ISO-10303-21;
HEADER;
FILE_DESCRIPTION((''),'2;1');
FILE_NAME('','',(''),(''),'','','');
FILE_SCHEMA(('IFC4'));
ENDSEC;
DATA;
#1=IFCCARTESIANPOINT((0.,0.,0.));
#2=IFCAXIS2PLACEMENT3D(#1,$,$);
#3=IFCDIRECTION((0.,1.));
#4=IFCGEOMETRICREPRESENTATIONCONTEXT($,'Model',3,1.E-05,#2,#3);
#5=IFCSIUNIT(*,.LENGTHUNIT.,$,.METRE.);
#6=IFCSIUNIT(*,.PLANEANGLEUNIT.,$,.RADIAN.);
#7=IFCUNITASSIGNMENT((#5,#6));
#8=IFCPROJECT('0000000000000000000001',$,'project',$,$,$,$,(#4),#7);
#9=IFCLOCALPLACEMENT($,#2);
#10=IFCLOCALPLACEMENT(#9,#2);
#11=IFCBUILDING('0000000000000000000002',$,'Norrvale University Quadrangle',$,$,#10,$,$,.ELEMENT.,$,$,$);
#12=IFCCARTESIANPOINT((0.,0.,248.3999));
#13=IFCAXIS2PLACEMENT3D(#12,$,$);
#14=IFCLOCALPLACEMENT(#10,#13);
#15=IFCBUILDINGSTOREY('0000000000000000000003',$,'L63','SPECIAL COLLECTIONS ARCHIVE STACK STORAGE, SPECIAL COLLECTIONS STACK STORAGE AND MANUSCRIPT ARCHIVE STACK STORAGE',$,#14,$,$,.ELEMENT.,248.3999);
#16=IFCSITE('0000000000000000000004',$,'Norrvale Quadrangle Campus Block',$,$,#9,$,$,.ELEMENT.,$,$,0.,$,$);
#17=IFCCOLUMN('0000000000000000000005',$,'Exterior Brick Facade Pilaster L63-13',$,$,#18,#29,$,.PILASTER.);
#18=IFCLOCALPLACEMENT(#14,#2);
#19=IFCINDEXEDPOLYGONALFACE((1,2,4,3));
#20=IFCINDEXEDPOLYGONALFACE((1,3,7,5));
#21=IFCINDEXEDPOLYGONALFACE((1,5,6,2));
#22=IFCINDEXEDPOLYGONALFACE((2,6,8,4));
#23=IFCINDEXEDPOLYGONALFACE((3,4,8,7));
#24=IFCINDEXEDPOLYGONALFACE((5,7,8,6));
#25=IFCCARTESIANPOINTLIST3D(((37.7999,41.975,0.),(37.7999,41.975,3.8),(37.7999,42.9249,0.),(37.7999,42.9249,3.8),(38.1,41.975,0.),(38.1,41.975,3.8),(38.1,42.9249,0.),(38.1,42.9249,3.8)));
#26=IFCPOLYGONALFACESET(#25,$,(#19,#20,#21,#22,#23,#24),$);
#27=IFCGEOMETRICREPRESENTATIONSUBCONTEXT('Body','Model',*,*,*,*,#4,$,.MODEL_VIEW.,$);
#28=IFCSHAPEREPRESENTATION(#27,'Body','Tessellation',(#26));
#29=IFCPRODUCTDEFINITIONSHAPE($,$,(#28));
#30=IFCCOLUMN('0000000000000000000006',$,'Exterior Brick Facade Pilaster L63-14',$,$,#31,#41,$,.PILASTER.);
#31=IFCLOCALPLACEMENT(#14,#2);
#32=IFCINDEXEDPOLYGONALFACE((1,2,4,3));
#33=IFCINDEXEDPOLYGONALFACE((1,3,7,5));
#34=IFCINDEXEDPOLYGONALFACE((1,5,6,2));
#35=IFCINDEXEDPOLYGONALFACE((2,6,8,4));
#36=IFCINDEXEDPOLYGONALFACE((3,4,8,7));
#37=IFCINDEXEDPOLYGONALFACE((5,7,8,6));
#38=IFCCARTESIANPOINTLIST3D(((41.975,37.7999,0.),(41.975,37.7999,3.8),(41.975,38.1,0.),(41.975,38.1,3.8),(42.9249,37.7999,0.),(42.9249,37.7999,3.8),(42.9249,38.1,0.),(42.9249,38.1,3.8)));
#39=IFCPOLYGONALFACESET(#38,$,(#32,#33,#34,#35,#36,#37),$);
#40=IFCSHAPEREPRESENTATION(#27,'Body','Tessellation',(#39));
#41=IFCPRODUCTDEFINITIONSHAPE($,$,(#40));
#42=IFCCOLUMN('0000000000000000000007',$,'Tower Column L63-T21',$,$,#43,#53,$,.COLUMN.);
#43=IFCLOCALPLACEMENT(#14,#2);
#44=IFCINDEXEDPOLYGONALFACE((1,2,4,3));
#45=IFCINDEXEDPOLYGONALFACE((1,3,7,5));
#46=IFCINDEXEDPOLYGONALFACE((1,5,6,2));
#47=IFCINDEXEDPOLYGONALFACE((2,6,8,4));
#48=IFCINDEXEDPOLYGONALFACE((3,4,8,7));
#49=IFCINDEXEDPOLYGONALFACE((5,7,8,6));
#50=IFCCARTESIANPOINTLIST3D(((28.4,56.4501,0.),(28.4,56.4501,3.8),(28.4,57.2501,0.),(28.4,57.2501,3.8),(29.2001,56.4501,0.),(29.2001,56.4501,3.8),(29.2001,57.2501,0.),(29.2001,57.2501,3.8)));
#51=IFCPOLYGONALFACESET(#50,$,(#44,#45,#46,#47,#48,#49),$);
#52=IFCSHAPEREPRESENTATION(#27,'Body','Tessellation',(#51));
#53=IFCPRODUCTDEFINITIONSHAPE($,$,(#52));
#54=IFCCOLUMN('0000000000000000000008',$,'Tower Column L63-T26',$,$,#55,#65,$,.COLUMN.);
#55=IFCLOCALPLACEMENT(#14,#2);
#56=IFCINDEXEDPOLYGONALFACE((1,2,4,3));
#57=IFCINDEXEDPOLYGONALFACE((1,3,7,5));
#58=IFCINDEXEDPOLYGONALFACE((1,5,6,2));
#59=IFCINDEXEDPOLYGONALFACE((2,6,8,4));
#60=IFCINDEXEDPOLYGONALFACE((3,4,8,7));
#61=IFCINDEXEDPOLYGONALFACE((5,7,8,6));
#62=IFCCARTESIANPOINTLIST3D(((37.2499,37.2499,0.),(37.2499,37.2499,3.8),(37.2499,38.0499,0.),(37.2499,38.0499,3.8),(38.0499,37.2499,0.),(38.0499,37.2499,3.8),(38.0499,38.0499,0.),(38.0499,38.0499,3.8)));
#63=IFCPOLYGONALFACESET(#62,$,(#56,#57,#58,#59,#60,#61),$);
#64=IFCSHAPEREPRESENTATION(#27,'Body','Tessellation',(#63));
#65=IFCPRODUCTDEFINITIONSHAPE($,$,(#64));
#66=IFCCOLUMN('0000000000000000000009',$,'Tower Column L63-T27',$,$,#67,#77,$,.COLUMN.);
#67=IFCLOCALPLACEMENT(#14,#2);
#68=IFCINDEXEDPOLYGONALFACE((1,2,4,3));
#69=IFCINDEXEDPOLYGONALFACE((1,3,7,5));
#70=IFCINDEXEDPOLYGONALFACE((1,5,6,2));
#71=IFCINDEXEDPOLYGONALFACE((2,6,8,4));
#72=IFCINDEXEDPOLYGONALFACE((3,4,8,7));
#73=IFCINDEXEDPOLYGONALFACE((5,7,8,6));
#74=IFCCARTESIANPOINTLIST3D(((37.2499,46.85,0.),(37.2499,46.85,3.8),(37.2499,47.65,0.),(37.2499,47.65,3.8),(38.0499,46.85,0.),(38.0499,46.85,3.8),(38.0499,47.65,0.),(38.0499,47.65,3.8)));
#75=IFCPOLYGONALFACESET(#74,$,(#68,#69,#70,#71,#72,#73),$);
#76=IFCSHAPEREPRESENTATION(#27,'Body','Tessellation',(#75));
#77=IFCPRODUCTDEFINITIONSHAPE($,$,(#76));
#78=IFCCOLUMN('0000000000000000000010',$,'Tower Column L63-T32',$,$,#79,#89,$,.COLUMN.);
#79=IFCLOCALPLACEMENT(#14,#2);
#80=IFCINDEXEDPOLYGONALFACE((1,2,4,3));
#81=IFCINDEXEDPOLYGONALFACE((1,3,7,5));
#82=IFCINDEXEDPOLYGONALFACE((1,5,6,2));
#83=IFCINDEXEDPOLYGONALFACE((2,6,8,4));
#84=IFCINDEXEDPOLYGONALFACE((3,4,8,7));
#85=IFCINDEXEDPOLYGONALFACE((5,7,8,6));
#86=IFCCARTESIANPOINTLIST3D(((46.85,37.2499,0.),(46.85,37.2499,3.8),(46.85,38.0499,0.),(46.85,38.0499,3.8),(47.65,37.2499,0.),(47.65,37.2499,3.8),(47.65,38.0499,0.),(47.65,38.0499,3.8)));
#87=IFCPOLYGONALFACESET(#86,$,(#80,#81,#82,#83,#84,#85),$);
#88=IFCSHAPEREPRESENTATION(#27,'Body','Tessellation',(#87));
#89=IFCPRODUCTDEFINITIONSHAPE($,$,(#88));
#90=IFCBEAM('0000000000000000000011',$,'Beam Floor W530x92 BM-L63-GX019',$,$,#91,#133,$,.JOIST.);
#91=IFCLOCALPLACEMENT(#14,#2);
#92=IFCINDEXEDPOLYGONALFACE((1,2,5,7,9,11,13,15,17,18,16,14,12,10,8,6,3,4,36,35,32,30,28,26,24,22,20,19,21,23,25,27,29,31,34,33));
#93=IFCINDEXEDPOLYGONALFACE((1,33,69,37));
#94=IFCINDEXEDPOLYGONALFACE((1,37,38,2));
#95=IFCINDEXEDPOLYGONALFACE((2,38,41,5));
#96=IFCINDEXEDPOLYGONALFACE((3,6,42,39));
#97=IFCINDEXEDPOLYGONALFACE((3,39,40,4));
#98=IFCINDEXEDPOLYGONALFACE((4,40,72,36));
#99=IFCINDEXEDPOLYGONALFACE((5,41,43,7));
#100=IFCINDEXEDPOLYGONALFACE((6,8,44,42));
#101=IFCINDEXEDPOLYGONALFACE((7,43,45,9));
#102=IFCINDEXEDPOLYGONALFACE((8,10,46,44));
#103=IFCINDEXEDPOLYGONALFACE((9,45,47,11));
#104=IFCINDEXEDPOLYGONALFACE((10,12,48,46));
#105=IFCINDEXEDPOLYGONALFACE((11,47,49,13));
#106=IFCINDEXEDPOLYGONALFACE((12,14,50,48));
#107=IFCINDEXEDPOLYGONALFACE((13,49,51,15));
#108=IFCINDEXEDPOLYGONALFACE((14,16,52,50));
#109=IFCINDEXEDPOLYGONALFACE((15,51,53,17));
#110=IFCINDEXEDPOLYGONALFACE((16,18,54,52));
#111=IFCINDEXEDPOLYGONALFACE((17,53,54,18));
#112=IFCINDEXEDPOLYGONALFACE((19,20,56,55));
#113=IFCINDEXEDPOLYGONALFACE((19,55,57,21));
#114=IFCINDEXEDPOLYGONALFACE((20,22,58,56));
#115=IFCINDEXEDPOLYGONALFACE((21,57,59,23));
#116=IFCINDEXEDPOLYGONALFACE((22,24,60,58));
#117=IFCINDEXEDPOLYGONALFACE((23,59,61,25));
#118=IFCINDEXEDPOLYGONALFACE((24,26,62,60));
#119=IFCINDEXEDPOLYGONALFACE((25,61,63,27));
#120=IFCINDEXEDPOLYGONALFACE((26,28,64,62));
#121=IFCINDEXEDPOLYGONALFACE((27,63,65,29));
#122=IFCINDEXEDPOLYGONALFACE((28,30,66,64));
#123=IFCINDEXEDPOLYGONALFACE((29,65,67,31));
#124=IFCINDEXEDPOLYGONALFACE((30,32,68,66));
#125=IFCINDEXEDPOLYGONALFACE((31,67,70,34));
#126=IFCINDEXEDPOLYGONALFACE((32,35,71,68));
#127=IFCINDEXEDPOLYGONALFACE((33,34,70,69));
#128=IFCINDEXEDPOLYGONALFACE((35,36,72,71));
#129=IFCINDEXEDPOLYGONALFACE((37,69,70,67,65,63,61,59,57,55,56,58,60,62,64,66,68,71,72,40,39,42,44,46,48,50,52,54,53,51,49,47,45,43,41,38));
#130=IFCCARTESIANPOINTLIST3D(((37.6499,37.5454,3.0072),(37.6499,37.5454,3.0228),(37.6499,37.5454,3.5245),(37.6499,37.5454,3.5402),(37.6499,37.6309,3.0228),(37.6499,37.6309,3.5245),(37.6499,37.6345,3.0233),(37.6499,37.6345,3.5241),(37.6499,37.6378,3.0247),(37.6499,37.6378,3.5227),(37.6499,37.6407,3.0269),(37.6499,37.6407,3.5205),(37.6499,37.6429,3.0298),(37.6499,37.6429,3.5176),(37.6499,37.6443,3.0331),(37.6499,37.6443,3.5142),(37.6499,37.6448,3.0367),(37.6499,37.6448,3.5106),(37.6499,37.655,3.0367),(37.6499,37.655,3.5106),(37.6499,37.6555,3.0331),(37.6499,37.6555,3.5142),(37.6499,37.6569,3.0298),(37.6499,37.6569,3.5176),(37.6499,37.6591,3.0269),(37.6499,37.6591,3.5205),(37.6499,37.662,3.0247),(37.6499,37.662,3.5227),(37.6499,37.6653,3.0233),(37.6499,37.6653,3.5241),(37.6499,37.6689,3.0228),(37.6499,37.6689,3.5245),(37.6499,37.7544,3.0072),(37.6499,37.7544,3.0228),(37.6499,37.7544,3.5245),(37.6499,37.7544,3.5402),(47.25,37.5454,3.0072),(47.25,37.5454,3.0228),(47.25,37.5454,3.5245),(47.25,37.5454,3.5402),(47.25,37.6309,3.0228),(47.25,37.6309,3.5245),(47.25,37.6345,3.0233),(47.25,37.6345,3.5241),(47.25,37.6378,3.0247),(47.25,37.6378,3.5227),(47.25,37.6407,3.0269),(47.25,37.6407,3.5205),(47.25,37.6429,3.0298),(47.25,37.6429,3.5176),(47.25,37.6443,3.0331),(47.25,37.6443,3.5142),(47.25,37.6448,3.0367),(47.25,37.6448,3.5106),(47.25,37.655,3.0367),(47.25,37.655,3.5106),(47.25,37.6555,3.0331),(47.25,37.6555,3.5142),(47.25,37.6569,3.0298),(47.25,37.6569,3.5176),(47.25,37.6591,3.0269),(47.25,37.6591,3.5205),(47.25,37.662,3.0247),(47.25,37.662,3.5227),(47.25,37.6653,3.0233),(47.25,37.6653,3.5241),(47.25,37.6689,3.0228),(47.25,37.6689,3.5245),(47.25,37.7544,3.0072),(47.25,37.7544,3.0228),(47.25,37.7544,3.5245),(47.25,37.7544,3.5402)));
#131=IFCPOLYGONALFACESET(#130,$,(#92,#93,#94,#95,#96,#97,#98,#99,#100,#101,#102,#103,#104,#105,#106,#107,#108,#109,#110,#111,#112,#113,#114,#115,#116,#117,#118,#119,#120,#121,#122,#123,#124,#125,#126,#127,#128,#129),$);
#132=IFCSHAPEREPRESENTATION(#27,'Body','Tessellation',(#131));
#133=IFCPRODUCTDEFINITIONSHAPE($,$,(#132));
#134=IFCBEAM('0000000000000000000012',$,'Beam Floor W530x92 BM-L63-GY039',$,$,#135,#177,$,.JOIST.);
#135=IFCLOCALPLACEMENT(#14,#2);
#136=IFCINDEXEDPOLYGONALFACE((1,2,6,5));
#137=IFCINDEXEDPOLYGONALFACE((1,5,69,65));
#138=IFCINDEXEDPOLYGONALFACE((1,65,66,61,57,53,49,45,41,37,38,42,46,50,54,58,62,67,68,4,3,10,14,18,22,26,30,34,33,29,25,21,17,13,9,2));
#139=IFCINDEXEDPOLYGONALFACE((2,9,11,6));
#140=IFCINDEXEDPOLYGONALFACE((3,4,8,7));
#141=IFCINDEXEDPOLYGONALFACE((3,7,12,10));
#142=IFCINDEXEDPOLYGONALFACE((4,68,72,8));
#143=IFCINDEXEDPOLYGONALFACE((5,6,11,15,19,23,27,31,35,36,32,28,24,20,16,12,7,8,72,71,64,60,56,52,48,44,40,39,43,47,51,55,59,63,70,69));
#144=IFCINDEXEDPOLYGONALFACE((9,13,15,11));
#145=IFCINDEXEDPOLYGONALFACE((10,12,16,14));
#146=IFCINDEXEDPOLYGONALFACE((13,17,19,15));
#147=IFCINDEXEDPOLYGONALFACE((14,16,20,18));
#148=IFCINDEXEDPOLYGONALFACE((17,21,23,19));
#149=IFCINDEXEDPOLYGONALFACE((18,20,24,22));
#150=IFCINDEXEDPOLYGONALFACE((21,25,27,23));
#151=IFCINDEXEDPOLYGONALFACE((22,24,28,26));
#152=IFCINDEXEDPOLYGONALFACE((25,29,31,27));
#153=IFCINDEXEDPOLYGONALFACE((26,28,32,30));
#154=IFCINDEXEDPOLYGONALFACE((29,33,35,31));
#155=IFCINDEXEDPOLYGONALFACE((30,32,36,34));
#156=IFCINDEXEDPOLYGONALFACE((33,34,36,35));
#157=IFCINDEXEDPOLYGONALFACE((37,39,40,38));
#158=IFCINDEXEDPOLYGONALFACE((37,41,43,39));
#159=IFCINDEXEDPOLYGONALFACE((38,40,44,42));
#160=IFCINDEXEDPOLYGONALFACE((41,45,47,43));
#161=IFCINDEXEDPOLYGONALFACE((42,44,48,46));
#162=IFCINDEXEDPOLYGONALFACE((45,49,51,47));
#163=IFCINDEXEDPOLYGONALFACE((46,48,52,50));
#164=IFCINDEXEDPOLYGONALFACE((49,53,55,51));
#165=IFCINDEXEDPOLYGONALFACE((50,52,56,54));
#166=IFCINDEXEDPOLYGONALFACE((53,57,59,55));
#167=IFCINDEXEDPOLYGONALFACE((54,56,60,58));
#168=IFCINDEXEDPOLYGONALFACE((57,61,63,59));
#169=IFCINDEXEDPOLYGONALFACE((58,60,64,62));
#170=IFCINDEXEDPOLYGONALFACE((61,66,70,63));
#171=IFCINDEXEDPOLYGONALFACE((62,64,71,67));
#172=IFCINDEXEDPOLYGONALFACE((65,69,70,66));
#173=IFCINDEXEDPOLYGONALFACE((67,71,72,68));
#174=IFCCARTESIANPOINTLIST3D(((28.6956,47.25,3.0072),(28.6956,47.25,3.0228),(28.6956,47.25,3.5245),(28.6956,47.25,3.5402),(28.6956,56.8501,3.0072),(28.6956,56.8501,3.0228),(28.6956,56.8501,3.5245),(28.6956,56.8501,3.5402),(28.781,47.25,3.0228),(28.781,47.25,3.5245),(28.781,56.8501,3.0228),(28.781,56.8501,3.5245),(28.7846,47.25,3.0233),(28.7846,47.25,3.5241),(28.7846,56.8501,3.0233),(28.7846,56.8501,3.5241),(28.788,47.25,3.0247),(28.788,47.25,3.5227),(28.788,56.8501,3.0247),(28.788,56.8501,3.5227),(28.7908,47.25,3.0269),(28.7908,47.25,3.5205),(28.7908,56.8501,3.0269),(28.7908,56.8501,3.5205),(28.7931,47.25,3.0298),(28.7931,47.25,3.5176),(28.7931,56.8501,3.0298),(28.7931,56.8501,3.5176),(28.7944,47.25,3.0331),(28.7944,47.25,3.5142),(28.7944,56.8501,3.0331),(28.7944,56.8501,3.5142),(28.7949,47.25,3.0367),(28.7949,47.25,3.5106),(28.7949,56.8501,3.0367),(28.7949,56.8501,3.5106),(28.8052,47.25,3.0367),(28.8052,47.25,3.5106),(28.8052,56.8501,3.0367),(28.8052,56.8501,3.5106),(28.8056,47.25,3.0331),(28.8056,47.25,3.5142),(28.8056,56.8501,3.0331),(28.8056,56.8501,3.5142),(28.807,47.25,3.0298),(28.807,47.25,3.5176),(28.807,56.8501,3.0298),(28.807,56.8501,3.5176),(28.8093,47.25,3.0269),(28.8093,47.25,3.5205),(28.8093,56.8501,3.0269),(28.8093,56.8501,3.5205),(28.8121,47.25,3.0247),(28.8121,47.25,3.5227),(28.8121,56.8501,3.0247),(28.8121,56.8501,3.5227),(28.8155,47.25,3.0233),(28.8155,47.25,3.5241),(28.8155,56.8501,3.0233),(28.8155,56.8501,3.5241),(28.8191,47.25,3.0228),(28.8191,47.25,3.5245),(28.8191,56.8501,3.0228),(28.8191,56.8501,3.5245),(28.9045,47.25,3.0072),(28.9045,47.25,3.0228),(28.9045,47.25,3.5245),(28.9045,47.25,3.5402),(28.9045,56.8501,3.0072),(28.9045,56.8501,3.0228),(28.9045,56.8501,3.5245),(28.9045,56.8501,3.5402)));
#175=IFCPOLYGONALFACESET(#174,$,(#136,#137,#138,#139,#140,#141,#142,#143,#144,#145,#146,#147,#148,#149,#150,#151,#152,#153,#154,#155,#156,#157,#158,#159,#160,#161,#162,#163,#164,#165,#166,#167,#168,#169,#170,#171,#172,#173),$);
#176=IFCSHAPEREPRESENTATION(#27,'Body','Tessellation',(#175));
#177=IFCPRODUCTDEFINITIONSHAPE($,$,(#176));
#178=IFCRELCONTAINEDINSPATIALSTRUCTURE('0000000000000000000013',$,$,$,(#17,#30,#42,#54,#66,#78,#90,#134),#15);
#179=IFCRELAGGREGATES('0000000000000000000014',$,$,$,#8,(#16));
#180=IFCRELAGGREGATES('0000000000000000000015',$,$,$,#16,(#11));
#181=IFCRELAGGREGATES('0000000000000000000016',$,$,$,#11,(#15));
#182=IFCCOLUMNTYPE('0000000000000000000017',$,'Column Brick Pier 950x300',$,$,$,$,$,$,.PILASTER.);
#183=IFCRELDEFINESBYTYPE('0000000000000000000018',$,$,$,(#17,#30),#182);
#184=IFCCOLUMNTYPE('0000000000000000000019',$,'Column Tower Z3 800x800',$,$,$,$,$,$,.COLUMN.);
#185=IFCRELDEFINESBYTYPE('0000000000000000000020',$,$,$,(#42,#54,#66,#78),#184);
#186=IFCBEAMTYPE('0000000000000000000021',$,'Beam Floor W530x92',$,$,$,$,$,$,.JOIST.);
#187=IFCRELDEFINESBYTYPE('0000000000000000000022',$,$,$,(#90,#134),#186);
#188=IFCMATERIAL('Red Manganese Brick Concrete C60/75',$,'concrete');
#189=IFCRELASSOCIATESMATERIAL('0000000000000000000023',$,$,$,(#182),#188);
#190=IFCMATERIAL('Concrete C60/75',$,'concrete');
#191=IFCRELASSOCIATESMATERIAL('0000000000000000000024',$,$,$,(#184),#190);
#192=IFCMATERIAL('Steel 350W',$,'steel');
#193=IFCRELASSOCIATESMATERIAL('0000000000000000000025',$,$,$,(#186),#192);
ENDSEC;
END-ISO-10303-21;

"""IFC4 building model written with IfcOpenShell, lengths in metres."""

from ifc_helpers import new_model, si_unit, direction, frame, origin, origin_2d, place, context, subcontext, project, spatial, rectangle, i_section, extrude, material, material_profile, profile_set, type_object, element, save


model = new_model("IFC4")

# Units and contexts
model_context = context("Model", 3, precision=1e-05, world=origin(), true_north=direction((0.0, 1.0)))
body_context = subcontext(model_context, "Body", "Model", "MODEL_VIEW")
ifc_project = project(units=[si_unit("LENGTHUNIT", "METRE"), si_unit("PLANEANGLEUNIT", "RADIAN")], contexts=[model_context])

# Site, building, storey
site_placement = place(None, origin())
site = spatial("IfcSite", under=ifc_project, at=site_placement, Name="Norrvale Quadrangle Campus Block", CompositionType="ELEMENT", RefElevation=0.0)
building_placement = place(site_placement, origin())
building = spatial("IfcBuilding", under=site, at=building_placement, Name="Norrvale University Quadrangle", CompositionType="ELEMENT")
storey_placement = place(building_placement, frame((0.0, 0.0, 248.3999)))
storey = spatial("IfcBuildingStorey", under=building, at=storey_placement, Name="L63", Description="SPECIAL COLLECTIONS ARCHIVE STACK STORAGE, SPECIAL COLLECTIONS STACK STORAGE AND MANUSCRIPT ARCHIVE STACK STORAGE", CompositionType="ELEMENT", Elevation=248.3999)

# Columns
ifc_material_1 = material(Name="Red Manganese Brick Concrete C60/75", Category="concrete")
ifc_material_profile_1 = material_profile(ifc_material_1, rectangle(XDim=0.95, YDim=0.3, at=origin_2d()), Name="Red Manganese Brick Concrete C60/75")
ifc_profile_set_1 = profile_set([ifc_material_profile_1], Name="Red Manganese Brick Concrete C60/75")
column_type_1 = type_object("IfcColumnType", Name="Column Brick Pier 950x300", PredefinedType="PILASTER", material=ifc_profile_set_1)
for number, where, z_axis, x_axis, name in (
    (1, (37.95, 42.45, 0.0), (0.0, 0.0, 1.0), (0.0, 1.0, 0.0), "Exterior Brick Facade Pilaster L63-13"),
    (2, (42.45, 37.95, 0.0), (0.0, 0.0, 1.0), (1.0, 0.0, 0.0), "Exterior Brick Facade Pilaster L63-14"),
):
    element("IfcColumn", number, at=place(storey_placement, frame(where, z_axis=z_axis, x_axis=x_axis)), inside=storey, type_object=column_type_1, Name=name, PredefinedType="PILASTER", context=body_context, shape_type="SweptSolid", body=[
        extrude(rectangle(XDim=0.95, YDim=0.3, at=origin_2d()), origin(), (0.0, 0.0, 1.0), 3.8),
    ])
ifc_material_2 = material(Name="Concrete C60/75", Category="concrete")
ifc_material_profile_2 = material_profile(ifc_material_2, rectangle(XDim=0.8, YDim=0.8, at=origin_2d()), Name="Concrete C60/75")
ifc_profile_set_2 = profile_set([ifc_material_profile_2], Name="Concrete C60/75")
column_type_2 = type_object("IfcColumnType", Name="Column Tower Z3 800x800", PredefinedType="COLUMN", material=ifc_profile_set_2)
for number, where, z_axis, x_axis, name in (
    (3, (28.8, 56.8501, 0.0), (0.0, 0.0, 1.0), (1.0, 0.0, 0.0), "Tower Column L63-T21"),
    (4, (37.6499, 37.6499, 0.0), (0.0, 0.0, 1.0), (1.0, 0.0, 0.0), "Tower Column L63-T26"),
    (5, (37.6499, 47.25, 0.0), (0.0, 0.0, 1.0), (1.0, 0.0, 0.0), "Tower Column L63-T27"),
    (6, (47.25, 37.6499, 0.0), (0.0, 0.0, 1.0), (1.0, 0.0, 0.0), "Tower Column L63-T32"),
):
    element("IfcColumn", number, at=place(storey_placement, frame(where, z_axis=z_axis, x_axis=x_axis)), inside=storey, type_object=column_type_2, Name=name, PredefinedType="COLUMN", context=body_context, shape_type="SweptSolid", body=[
        extrude(rectangle(XDim=0.8, YDim=0.8, at=origin_2d()), origin(), (0.0, 0.0, 1.0), 3.8),
    ])

# Beams
ifc_material_3 = material(Name="Steel 350W", Category="steel")
ifc_material_profile_3 = material_profile(ifc_material_3, i_section(OverallWidth=0.209, OverallDepth=0.533, WebThickness=0.0103, FlangeThickness=0.0156, FilletRadius=0.0139, at=origin_2d()), Name="Steel 350W")
ifc_profile_set_3 = profile_set([ifc_material_profile_3], Name="Steel 350W")
beam_type_1 = type_object("IfcBeamType", Name="Beam Floor W530x92", PredefinedType="JOIST", material=ifc_profile_set_3)
for number, where, z_axis, x_axis, name in (
    (7, (37.6499, 37.6499, 3.2737), (1.0, 0.0, 0.0), (0.0, 1.0, 0.0), "Beam Floor W530x92 BM-L63-GX019"),
    (8, (28.8, 47.25, 3.2737), (0.0, 1.0, 0.0), (-1.0, 0.0, 0.0), "Beam Floor W530x92 BM-L63-GY039"),
):
    element("IfcBeam", number, at=place(storey_placement, frame(where, z_axis=z_axis, x_axis=x_axis)), inside=storey, type_object=beam_type_1, Name=name, PredefinedType="JOIST", context=body_context, shape_type="SweptSolid", body=[
        extrude(i_section(OverallWidth=0.209, OverallDepth=0.533, WebThickness=0.0103, FlangeThickness=0.0156, FilletRadius=0.0139, at=origin_2d()), origin(), (0.0, 0.0, 1.0), 9.6001),
    ])

save(model, "model.ifc")
